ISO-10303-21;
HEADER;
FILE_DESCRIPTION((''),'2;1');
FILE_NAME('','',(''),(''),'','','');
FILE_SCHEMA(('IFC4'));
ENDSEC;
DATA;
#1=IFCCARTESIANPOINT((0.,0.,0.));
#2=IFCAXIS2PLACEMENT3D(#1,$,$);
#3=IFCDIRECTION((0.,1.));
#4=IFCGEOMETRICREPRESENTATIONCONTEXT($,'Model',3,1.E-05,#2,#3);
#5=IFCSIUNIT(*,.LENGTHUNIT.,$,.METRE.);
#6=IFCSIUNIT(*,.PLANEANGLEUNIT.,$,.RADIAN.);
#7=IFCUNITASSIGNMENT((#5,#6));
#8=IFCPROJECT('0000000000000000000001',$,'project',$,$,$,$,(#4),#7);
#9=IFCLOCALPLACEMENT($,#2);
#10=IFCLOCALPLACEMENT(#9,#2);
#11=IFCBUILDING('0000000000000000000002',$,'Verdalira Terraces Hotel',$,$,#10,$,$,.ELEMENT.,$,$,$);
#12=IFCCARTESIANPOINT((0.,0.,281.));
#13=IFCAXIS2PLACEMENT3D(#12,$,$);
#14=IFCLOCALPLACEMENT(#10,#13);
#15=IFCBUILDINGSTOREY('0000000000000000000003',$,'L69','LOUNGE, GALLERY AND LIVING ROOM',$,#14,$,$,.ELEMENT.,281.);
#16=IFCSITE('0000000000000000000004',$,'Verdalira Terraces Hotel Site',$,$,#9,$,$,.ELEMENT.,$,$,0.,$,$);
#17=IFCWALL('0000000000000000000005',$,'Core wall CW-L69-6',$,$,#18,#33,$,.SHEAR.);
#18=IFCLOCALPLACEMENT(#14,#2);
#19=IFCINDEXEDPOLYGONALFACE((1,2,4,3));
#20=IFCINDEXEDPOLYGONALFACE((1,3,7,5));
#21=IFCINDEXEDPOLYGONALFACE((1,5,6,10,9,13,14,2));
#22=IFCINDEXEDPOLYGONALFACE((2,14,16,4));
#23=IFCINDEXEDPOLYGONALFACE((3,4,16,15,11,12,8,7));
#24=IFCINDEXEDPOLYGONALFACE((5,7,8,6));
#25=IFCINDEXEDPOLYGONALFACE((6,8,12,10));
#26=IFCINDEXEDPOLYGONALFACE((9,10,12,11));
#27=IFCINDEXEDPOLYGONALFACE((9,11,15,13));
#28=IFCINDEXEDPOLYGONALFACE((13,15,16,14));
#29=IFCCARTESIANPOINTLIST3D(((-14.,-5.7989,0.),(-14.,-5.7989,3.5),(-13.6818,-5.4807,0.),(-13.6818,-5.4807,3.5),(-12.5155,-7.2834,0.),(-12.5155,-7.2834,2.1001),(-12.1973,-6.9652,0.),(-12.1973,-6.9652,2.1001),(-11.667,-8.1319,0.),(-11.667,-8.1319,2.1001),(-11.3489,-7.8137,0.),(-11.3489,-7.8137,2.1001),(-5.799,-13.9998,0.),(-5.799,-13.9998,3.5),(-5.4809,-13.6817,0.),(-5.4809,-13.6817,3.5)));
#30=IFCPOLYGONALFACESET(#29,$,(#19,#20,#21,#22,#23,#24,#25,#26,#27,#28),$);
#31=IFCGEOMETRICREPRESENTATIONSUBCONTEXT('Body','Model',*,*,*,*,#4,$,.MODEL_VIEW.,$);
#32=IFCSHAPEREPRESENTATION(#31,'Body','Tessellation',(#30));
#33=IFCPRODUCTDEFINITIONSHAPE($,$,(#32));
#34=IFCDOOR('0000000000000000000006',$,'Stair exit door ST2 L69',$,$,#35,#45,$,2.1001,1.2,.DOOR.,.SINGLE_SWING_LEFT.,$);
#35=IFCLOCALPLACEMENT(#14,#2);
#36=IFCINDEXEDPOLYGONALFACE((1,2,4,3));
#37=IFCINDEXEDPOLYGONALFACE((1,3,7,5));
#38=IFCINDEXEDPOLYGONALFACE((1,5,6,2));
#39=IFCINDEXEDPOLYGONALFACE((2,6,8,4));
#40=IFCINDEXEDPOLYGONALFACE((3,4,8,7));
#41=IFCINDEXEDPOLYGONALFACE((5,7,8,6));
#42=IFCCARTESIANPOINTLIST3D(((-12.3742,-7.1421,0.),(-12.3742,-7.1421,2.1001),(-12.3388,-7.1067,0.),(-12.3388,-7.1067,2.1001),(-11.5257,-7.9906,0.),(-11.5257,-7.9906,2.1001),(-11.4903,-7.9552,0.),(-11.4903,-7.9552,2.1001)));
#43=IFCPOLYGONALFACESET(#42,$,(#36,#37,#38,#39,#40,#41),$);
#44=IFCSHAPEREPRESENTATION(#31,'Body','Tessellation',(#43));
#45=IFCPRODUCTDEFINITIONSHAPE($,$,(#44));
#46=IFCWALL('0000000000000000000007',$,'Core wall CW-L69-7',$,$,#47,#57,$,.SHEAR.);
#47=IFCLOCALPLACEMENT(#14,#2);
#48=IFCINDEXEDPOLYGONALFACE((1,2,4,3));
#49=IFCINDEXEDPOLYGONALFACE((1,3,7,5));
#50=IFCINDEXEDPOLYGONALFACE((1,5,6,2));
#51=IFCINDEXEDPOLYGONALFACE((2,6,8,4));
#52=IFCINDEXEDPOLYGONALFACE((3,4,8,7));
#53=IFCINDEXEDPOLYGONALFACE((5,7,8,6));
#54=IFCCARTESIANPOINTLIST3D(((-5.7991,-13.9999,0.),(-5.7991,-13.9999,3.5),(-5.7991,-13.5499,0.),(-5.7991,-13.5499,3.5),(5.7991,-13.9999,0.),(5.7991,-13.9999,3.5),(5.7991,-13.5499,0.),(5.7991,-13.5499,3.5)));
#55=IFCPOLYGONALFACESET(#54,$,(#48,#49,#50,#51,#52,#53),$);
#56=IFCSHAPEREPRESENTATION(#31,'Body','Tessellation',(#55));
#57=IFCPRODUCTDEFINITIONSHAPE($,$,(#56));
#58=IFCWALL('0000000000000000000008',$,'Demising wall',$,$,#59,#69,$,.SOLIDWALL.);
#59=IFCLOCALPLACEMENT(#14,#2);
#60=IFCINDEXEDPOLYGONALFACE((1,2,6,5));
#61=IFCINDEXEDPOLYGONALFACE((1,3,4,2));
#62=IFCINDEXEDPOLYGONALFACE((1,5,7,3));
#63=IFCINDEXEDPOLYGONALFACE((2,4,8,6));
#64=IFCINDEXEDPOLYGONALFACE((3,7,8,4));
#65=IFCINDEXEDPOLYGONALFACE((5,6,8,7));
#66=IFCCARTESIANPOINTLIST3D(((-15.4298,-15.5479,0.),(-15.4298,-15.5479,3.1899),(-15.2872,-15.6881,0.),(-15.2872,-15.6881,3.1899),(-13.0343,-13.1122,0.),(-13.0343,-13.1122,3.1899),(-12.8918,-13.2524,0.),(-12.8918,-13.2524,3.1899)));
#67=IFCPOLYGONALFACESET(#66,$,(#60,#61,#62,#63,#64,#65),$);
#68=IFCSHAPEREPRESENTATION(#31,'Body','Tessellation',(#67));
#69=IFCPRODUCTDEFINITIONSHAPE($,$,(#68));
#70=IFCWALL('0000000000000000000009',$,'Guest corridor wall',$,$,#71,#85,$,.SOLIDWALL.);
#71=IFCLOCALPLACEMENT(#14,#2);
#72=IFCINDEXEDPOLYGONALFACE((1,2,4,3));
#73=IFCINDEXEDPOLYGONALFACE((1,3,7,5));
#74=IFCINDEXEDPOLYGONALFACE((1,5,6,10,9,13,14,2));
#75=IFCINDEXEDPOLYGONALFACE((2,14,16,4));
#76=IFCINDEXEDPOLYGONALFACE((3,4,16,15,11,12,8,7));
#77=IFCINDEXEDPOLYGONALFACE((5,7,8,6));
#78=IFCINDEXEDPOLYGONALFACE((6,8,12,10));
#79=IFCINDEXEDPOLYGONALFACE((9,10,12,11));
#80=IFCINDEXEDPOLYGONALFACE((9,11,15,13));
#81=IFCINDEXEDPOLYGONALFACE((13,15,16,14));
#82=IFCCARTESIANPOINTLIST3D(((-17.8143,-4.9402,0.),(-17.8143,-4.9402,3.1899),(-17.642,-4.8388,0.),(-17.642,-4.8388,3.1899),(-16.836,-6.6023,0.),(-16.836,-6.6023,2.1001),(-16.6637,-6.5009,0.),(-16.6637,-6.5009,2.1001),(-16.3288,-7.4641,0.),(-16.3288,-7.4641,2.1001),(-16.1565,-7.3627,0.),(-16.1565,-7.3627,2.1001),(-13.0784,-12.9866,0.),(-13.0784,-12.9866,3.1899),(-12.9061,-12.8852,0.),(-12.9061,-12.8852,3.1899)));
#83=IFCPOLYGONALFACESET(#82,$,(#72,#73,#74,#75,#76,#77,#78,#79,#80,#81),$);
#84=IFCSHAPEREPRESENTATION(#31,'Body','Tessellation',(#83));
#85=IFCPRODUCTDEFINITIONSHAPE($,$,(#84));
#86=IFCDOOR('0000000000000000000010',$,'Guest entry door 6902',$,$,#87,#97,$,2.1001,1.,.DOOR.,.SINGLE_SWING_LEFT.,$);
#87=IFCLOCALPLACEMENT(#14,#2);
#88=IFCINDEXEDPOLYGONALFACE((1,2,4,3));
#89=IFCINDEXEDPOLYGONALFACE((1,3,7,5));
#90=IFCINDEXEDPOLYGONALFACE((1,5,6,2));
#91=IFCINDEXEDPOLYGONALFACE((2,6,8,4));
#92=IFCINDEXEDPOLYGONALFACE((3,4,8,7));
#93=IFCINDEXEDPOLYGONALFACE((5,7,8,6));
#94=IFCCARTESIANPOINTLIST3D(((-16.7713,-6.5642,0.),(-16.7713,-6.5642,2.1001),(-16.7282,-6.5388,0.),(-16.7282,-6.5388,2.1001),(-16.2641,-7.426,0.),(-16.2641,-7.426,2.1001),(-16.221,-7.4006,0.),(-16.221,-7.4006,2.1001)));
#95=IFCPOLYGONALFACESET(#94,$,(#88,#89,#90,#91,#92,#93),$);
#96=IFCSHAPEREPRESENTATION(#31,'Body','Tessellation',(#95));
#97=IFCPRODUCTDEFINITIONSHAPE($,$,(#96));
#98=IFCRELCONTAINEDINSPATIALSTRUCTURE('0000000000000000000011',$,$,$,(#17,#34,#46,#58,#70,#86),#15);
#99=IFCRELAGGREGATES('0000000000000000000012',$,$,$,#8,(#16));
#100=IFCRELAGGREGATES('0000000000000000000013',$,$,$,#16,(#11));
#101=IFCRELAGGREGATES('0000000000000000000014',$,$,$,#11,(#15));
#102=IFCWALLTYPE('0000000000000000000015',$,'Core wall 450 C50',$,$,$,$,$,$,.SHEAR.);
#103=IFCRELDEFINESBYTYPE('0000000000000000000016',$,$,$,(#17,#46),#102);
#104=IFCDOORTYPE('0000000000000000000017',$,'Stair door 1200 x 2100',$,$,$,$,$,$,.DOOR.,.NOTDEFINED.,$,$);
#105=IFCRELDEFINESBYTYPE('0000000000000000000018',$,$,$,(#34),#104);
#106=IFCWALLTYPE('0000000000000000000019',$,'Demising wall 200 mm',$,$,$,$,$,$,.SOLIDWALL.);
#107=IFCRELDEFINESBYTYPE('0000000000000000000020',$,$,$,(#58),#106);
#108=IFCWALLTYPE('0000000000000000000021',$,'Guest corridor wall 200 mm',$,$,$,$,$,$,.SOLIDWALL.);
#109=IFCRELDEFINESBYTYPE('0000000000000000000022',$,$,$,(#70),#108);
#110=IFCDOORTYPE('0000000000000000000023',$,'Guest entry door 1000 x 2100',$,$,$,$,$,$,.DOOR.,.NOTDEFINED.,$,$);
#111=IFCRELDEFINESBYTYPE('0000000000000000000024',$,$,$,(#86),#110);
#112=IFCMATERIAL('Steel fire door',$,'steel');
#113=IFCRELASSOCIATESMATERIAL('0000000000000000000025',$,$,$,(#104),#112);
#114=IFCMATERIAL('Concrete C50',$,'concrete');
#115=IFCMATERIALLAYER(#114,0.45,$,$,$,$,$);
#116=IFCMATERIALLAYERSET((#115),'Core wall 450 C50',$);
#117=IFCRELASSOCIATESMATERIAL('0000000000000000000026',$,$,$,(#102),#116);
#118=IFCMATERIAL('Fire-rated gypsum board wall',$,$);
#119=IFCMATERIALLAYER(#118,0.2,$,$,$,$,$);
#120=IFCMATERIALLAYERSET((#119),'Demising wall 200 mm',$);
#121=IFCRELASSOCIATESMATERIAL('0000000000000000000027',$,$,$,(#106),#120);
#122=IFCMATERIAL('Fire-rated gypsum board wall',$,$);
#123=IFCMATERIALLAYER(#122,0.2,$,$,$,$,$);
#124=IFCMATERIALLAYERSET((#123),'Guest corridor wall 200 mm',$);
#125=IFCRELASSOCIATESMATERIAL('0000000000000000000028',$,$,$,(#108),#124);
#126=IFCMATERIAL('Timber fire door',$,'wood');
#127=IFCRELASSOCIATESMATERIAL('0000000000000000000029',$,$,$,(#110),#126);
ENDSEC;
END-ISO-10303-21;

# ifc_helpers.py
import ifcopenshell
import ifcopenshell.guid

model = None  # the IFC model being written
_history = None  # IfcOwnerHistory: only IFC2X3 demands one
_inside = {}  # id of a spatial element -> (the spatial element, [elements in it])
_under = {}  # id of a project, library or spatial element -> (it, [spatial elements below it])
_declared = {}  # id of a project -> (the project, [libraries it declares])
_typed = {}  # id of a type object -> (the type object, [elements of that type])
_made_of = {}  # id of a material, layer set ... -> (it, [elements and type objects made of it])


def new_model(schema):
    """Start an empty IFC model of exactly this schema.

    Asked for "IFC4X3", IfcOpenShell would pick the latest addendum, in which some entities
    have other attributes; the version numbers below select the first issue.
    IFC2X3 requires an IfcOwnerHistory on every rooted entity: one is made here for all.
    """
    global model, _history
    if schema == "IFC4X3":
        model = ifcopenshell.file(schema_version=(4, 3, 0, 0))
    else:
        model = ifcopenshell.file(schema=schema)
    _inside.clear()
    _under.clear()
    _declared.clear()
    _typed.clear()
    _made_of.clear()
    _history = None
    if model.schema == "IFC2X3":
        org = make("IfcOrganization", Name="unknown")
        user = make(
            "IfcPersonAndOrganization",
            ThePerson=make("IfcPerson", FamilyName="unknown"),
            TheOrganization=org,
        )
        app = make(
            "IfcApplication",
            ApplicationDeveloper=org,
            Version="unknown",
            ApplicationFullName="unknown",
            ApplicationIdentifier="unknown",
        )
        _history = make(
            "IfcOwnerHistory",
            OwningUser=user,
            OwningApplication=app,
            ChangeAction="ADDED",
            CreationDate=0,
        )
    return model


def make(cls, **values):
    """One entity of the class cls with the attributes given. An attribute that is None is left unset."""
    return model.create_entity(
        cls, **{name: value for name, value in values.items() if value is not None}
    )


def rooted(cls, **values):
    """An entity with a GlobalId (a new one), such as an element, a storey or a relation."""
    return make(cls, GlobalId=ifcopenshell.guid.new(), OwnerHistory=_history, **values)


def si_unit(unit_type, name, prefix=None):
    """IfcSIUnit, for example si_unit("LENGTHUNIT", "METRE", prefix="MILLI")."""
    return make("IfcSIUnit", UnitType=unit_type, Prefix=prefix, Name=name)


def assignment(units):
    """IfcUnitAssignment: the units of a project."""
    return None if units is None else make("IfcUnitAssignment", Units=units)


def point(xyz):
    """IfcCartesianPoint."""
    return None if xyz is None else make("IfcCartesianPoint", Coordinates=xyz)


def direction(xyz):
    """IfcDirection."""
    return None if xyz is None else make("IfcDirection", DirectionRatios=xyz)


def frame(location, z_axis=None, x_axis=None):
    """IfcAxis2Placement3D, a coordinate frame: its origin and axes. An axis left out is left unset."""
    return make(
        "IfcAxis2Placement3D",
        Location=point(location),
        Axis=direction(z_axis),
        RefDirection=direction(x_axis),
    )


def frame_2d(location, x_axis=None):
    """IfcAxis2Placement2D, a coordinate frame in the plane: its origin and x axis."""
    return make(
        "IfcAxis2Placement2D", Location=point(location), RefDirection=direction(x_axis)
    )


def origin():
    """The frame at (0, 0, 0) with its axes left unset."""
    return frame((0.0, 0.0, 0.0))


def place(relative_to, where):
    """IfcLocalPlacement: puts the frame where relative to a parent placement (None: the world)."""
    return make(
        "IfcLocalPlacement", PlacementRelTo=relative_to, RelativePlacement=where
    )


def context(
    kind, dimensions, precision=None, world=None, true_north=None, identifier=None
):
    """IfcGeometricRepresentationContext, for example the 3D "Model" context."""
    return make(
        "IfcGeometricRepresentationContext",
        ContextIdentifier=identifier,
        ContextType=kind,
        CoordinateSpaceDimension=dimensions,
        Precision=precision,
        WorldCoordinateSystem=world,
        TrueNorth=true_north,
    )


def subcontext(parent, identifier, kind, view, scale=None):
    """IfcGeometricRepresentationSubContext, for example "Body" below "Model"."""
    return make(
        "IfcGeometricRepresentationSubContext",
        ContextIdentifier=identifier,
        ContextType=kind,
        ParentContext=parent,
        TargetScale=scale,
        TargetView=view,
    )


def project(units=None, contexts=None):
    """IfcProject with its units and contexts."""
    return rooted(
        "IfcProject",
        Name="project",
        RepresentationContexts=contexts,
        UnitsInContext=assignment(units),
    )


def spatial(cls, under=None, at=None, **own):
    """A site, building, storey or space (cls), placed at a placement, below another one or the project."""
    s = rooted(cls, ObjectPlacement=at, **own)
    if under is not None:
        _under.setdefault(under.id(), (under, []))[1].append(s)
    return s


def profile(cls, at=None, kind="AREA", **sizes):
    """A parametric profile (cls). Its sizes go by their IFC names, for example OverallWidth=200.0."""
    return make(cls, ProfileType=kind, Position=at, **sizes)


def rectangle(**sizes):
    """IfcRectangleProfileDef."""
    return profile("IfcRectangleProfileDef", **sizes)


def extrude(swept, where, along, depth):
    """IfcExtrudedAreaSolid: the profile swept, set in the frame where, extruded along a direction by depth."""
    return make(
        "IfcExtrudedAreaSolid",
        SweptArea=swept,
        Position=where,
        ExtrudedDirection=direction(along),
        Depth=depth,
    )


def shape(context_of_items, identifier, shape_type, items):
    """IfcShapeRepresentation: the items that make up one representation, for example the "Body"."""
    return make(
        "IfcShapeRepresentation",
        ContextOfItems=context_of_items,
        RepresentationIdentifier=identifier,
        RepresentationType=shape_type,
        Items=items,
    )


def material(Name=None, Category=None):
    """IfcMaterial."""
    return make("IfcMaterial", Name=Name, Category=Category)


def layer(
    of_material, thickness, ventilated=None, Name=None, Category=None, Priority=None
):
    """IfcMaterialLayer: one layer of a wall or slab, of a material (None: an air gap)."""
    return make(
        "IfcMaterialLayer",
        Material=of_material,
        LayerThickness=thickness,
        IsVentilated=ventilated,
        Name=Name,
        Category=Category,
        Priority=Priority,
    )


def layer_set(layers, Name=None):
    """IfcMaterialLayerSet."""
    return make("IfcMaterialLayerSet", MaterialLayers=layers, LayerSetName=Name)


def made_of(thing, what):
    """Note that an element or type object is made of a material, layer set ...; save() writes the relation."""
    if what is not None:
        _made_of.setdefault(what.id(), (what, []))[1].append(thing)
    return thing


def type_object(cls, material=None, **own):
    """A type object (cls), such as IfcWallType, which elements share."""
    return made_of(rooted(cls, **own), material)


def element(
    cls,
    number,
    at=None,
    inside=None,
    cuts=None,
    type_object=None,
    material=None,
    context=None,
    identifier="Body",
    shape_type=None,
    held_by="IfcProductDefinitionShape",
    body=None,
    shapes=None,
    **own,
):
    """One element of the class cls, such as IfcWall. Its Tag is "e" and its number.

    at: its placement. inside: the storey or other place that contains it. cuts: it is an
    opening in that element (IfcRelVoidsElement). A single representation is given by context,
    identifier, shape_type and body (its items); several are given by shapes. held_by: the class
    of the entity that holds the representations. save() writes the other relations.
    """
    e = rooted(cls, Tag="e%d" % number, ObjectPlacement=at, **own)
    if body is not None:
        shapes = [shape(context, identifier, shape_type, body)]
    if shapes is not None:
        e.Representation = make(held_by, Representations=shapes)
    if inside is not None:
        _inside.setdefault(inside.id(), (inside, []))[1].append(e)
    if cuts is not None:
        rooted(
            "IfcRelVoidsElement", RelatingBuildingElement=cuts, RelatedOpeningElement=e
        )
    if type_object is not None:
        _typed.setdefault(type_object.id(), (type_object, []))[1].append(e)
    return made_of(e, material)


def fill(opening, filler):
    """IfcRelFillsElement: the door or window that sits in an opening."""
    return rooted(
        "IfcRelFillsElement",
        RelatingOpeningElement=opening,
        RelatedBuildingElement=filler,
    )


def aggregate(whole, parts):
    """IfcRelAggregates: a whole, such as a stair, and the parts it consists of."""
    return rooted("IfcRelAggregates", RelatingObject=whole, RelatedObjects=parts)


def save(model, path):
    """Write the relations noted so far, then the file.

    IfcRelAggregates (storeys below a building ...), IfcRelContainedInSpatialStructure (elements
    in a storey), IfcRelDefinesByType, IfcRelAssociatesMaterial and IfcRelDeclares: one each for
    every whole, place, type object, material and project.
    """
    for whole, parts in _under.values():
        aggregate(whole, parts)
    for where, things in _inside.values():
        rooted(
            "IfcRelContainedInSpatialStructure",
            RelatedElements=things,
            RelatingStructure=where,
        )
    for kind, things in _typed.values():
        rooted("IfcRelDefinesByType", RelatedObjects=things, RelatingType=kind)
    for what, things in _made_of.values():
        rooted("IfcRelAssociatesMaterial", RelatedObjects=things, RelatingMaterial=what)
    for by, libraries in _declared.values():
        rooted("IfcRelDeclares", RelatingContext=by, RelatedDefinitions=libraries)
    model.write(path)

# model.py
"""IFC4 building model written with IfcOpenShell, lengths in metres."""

from ifc_helpers import new_model, si_unit, direction, frame, frame_2d, origin, place, context, subcontext, project, spatial, rectangle, extrude, material, layer, layer_set, type_object, element, fill, save


model = new_model("IFC4")

# Units and contexts
model_context = context("Model", 3, precision=1e-05, world=origin(), true_north=direction((0.0, 1.0)))
body_context = subcontext(model_context, "Body", "Model", "MODEL_VIEW")
ifc_project = project(units=[si_unit("LENGTHUNIT", "METRE"), si_unit("PLANEANGLEUNIT", "RADIAN")], contexts=[model_context])

# Site, building, storey
site_placement = place(None, origin())
site = spatial("IfcSite", under=ifc_project, at=site_placement, Name="Verdalira Terraces Hotel Site", CompositionType="ELEMENT", RefElevation=0.0)
building_placement = place(site_placement, origin())
building = spatial("IfcBuilding", under=site, at=building_placement, Name="Verdalira Terraces Hotel", CompositionType="ELEMENT")
storey_placement = place(building_placement, frame((0.0, 0.0, 281.0)))
storey = spatial("IfcBuildingStorey", under=building, at=storey_placement, Name="L69", Description="LOUNGE, GALLERY AND LIVING ROOM", CompositionType="ELEMENT", Elevation=281.0)

# Shared definitions
ifc_material_1 = material(Name="Steel fire door", Category="steel")
door_type_1 = type_object("IfcDoorType", Name="Stair door 1200 x 2100", OperationType="NOTDEFINED", PredefinedType="DOOR", material=ifc_material_1)

# Wall, opening, door
ifc_material_2 = material(Name="Concrete C50", Category="concrete")
ifc_layer_1 = layer(ifc_material_2, 0.45)
ifc_layer_set_1 = layer_set([ifc_layer_1], Name="Core wall 450 C50")
wall_type_1 = type_object("IfcWallType", Name="Core wall 450 C50", PredefinedType="SHEAR", material=ifc_layer_set_1)
wall_1_placement = place(storey_placement, frame((-13.8408, -5.6399, 0.0), z_axis=(0.0, 0.0, 1.0), x_axis=(0.707107, -0.707107, 0.0)))
wall_1 = element("IfcWall", 1, at=wall_1_placement, inside=storey, type_object=wall_type_1, Name="Core wall CW-L69-6", PredefinedType="SHEAR", context=body_context, shape_type="SweptSolid", body=[
    extrude(rectangle(XDim=11.5979, YDim=0.45, at=frame_2d((5.7988, 0.0))), origin(), (0.0, 0.0, 1.0), 3.5),
])
opening_1_placement = place(wall_1_placement, frame((2.0991, 0.0, 0.0)))
opening_1 = element("IfcOpeningElement", 2, at=opening_1_placement, cuts=wall_1, PredefinedType="OPENING", context=body_context, shape_type="SweptSolid", body=[
    extrude(rectangle(XDim=1.2, YDim=2.1001, at=frame_2d((0.6001, 1.05))), frame((0.0, 0.2349, 0.0), z_axis=(0.0, -1.0, 0.0), x_axis=(1.0, 0.0, 0.0)), (0.0, 0.0, 1.0), 0.47),
])
door_1_placement = place(opening_1_placement, origin())
door_1 = element("IfcDoor", 3, at=door_1_placement, inside=storey, type_object=door_type_1, Name="Stair exit door ST2 L69", OperationType="SINGLE_SWING_LEFT", OverallHeight=2.1001, OverallWidth=1.2, PredefinedType="DOOR", context=body_context, shape_type="SweptSolid", body=[
    extrude(rectangle(XDim=1.2, YDim=2.1001, at=frame_2d((0.6001, 1.05))), frame((0.0, 0.0249, 0.0), z_axis=(0.0, -1.0, 0.0), x_axis=(1.0, 0.0, 0.0)), (0.0, 0.0, 1.0), 0.05),
])
fill(opening_1, door_1)

# Walls
wall_2_placement = place(storey_placement, frame((-5.7991, -13.7749, 0.0), z_axis=(0.0, 0.0, 1.0), x_axis=(1.0, 0.0, 0.0)))
element("IfcWall", 4, at=wall_2_placement, inside=storey, type_object=wall_type_1, Name="Core wall CW-L69-7", PredefinedType="SHEAR", context=body_context, shape_type="SweptSolid", body=[
    extrude(rectangle(XDim=11.5981, YDim=0.45, at=frame_2d((5.7991, 0.0))), origin(), (0.0, 0.0, 1.0), 3.5),
])
ifc_material_3 = material(Name="Fire-rated gypsum board wall")
ifc_layer_2 = layer(ifc_material_3, 0.2)
ifc_layer_set_2 = layer_set([ifc_layer_2], Name="Demising wall 200 mm")
wall_type_2 = type_object("IfcWallType", Name="Demising wall 200 mm", PredefinedType="SOLIDWALL", material=ifc_layer_set_2)
wall_3_placement = place(storey_placement, frame((-12.9631, -13.1824, 0.0), z_axis=(0.0, 0.0, 1.0), x_axis=(-0.701187, -0.712978, 0.0)))
element("IfcWall", 5, at=wall_3_placement, inside=storey, type_object=wall_type_2, Name="Demising wall", PredefinedType="SOLIDWALL", context=body_context, shape_type="SweptSolid", body=[
    extrude(rectangle(XDim=3.4163, YDim=0.2, at=frame_2d((1.708, 0.0))), origin(), (0.0, 0.0, 1.0), 3.1899),
])

# Wall, opening, door
ifc_material_4 = material(Name="Fire-rated gypsum board wall")
ifc_layer_3 = layer(ifc_material_4, 0.2)
ifc_layer_set_3 = layer_set([ifc_layer_3], Name="Guest corridor wall 200 mm")
wall_type_3 = type_object("IfcWallType", Name="Guest corridor wall 200 mm", PredefinedType="SOLIDWALL", material=ifc_layer_set_3)
wall_4_placement = place(storey_placement, frame((-12.9922, -12.936, 0.0), z_axis=(0.0, 0.0, 1.0), x_axis=(-0.507233, 0.861809, 0.0)))
wall_4 = element("IfcWall", 6, at=wall_4_placement, inside=storey, type_object=wall_type_3, Name="Guest corridor wall", PredefinedType="SOLIDWALL", context=body_context, shape_type="SweptSolid", body=[
    extrude(rectangle(XDim=9.3367, YDim=0.2, at=frame_2d((4.6685, 0.0))), origin(), (0.0, 0.0, 1.0), 3.1899),
])
opening_2_placement = place(wall_4_placement, frame((6.4082, 0.0, 0.0)))
opening_2 = element("IfcOpeningElement", 7, at=opening_2_placement, cuts=wall_4, PredefinedType="OPENING", context=body_context, shape_type="SweptSolid", body=[
    extrude(rectangle(XDim=1.0, YDim=2.1001, at=frame_2d((0.5, 1.05))), frame((0.0, 0.1099, 0.0), z_axis=(0.0, -1.0, 0.0), x_axis=(1.0, 0.0, 0.0)), (0.0, 0.0, 1.0), 0.22),
])
ifc_material_5 = material(Name="Timber fire door", Category="wood")
door_type_2 = type_object("IfcDoorType", Name="Guest entry door 1000 x 2100", OperationType="NOTDEFINED", PredefinedType="DOOR", material=ifc_material_5)
door_2_placement = place(opening_2_placement, origin())
door_2 = element("IfcDoor", 8, at=door_2_placement, inside=storey, type_object=door_type_2, Name="Guest entry door 6902", OperationType="SINGLE_SWING_LEFT", OverallHeight=2.1001, OverallWidth=1.0, PredefinedType="DOOR", context=body_context, shape_type="SweptSolid", body=[
    extrude(rectangle(XDim=1.0, YDim=2.1001, at=frame_2d((0.5, 1.05))), frame((0.0, 0.0249, 0.0), z_axis=(0.0, -1.0, 0.0), x_axis=(1.0, 0.0, 0.0)), (0.0, 0.0, 1.0), 0.05),
])
fill(opening_2, door_2)

save(model, "model.ifc")
